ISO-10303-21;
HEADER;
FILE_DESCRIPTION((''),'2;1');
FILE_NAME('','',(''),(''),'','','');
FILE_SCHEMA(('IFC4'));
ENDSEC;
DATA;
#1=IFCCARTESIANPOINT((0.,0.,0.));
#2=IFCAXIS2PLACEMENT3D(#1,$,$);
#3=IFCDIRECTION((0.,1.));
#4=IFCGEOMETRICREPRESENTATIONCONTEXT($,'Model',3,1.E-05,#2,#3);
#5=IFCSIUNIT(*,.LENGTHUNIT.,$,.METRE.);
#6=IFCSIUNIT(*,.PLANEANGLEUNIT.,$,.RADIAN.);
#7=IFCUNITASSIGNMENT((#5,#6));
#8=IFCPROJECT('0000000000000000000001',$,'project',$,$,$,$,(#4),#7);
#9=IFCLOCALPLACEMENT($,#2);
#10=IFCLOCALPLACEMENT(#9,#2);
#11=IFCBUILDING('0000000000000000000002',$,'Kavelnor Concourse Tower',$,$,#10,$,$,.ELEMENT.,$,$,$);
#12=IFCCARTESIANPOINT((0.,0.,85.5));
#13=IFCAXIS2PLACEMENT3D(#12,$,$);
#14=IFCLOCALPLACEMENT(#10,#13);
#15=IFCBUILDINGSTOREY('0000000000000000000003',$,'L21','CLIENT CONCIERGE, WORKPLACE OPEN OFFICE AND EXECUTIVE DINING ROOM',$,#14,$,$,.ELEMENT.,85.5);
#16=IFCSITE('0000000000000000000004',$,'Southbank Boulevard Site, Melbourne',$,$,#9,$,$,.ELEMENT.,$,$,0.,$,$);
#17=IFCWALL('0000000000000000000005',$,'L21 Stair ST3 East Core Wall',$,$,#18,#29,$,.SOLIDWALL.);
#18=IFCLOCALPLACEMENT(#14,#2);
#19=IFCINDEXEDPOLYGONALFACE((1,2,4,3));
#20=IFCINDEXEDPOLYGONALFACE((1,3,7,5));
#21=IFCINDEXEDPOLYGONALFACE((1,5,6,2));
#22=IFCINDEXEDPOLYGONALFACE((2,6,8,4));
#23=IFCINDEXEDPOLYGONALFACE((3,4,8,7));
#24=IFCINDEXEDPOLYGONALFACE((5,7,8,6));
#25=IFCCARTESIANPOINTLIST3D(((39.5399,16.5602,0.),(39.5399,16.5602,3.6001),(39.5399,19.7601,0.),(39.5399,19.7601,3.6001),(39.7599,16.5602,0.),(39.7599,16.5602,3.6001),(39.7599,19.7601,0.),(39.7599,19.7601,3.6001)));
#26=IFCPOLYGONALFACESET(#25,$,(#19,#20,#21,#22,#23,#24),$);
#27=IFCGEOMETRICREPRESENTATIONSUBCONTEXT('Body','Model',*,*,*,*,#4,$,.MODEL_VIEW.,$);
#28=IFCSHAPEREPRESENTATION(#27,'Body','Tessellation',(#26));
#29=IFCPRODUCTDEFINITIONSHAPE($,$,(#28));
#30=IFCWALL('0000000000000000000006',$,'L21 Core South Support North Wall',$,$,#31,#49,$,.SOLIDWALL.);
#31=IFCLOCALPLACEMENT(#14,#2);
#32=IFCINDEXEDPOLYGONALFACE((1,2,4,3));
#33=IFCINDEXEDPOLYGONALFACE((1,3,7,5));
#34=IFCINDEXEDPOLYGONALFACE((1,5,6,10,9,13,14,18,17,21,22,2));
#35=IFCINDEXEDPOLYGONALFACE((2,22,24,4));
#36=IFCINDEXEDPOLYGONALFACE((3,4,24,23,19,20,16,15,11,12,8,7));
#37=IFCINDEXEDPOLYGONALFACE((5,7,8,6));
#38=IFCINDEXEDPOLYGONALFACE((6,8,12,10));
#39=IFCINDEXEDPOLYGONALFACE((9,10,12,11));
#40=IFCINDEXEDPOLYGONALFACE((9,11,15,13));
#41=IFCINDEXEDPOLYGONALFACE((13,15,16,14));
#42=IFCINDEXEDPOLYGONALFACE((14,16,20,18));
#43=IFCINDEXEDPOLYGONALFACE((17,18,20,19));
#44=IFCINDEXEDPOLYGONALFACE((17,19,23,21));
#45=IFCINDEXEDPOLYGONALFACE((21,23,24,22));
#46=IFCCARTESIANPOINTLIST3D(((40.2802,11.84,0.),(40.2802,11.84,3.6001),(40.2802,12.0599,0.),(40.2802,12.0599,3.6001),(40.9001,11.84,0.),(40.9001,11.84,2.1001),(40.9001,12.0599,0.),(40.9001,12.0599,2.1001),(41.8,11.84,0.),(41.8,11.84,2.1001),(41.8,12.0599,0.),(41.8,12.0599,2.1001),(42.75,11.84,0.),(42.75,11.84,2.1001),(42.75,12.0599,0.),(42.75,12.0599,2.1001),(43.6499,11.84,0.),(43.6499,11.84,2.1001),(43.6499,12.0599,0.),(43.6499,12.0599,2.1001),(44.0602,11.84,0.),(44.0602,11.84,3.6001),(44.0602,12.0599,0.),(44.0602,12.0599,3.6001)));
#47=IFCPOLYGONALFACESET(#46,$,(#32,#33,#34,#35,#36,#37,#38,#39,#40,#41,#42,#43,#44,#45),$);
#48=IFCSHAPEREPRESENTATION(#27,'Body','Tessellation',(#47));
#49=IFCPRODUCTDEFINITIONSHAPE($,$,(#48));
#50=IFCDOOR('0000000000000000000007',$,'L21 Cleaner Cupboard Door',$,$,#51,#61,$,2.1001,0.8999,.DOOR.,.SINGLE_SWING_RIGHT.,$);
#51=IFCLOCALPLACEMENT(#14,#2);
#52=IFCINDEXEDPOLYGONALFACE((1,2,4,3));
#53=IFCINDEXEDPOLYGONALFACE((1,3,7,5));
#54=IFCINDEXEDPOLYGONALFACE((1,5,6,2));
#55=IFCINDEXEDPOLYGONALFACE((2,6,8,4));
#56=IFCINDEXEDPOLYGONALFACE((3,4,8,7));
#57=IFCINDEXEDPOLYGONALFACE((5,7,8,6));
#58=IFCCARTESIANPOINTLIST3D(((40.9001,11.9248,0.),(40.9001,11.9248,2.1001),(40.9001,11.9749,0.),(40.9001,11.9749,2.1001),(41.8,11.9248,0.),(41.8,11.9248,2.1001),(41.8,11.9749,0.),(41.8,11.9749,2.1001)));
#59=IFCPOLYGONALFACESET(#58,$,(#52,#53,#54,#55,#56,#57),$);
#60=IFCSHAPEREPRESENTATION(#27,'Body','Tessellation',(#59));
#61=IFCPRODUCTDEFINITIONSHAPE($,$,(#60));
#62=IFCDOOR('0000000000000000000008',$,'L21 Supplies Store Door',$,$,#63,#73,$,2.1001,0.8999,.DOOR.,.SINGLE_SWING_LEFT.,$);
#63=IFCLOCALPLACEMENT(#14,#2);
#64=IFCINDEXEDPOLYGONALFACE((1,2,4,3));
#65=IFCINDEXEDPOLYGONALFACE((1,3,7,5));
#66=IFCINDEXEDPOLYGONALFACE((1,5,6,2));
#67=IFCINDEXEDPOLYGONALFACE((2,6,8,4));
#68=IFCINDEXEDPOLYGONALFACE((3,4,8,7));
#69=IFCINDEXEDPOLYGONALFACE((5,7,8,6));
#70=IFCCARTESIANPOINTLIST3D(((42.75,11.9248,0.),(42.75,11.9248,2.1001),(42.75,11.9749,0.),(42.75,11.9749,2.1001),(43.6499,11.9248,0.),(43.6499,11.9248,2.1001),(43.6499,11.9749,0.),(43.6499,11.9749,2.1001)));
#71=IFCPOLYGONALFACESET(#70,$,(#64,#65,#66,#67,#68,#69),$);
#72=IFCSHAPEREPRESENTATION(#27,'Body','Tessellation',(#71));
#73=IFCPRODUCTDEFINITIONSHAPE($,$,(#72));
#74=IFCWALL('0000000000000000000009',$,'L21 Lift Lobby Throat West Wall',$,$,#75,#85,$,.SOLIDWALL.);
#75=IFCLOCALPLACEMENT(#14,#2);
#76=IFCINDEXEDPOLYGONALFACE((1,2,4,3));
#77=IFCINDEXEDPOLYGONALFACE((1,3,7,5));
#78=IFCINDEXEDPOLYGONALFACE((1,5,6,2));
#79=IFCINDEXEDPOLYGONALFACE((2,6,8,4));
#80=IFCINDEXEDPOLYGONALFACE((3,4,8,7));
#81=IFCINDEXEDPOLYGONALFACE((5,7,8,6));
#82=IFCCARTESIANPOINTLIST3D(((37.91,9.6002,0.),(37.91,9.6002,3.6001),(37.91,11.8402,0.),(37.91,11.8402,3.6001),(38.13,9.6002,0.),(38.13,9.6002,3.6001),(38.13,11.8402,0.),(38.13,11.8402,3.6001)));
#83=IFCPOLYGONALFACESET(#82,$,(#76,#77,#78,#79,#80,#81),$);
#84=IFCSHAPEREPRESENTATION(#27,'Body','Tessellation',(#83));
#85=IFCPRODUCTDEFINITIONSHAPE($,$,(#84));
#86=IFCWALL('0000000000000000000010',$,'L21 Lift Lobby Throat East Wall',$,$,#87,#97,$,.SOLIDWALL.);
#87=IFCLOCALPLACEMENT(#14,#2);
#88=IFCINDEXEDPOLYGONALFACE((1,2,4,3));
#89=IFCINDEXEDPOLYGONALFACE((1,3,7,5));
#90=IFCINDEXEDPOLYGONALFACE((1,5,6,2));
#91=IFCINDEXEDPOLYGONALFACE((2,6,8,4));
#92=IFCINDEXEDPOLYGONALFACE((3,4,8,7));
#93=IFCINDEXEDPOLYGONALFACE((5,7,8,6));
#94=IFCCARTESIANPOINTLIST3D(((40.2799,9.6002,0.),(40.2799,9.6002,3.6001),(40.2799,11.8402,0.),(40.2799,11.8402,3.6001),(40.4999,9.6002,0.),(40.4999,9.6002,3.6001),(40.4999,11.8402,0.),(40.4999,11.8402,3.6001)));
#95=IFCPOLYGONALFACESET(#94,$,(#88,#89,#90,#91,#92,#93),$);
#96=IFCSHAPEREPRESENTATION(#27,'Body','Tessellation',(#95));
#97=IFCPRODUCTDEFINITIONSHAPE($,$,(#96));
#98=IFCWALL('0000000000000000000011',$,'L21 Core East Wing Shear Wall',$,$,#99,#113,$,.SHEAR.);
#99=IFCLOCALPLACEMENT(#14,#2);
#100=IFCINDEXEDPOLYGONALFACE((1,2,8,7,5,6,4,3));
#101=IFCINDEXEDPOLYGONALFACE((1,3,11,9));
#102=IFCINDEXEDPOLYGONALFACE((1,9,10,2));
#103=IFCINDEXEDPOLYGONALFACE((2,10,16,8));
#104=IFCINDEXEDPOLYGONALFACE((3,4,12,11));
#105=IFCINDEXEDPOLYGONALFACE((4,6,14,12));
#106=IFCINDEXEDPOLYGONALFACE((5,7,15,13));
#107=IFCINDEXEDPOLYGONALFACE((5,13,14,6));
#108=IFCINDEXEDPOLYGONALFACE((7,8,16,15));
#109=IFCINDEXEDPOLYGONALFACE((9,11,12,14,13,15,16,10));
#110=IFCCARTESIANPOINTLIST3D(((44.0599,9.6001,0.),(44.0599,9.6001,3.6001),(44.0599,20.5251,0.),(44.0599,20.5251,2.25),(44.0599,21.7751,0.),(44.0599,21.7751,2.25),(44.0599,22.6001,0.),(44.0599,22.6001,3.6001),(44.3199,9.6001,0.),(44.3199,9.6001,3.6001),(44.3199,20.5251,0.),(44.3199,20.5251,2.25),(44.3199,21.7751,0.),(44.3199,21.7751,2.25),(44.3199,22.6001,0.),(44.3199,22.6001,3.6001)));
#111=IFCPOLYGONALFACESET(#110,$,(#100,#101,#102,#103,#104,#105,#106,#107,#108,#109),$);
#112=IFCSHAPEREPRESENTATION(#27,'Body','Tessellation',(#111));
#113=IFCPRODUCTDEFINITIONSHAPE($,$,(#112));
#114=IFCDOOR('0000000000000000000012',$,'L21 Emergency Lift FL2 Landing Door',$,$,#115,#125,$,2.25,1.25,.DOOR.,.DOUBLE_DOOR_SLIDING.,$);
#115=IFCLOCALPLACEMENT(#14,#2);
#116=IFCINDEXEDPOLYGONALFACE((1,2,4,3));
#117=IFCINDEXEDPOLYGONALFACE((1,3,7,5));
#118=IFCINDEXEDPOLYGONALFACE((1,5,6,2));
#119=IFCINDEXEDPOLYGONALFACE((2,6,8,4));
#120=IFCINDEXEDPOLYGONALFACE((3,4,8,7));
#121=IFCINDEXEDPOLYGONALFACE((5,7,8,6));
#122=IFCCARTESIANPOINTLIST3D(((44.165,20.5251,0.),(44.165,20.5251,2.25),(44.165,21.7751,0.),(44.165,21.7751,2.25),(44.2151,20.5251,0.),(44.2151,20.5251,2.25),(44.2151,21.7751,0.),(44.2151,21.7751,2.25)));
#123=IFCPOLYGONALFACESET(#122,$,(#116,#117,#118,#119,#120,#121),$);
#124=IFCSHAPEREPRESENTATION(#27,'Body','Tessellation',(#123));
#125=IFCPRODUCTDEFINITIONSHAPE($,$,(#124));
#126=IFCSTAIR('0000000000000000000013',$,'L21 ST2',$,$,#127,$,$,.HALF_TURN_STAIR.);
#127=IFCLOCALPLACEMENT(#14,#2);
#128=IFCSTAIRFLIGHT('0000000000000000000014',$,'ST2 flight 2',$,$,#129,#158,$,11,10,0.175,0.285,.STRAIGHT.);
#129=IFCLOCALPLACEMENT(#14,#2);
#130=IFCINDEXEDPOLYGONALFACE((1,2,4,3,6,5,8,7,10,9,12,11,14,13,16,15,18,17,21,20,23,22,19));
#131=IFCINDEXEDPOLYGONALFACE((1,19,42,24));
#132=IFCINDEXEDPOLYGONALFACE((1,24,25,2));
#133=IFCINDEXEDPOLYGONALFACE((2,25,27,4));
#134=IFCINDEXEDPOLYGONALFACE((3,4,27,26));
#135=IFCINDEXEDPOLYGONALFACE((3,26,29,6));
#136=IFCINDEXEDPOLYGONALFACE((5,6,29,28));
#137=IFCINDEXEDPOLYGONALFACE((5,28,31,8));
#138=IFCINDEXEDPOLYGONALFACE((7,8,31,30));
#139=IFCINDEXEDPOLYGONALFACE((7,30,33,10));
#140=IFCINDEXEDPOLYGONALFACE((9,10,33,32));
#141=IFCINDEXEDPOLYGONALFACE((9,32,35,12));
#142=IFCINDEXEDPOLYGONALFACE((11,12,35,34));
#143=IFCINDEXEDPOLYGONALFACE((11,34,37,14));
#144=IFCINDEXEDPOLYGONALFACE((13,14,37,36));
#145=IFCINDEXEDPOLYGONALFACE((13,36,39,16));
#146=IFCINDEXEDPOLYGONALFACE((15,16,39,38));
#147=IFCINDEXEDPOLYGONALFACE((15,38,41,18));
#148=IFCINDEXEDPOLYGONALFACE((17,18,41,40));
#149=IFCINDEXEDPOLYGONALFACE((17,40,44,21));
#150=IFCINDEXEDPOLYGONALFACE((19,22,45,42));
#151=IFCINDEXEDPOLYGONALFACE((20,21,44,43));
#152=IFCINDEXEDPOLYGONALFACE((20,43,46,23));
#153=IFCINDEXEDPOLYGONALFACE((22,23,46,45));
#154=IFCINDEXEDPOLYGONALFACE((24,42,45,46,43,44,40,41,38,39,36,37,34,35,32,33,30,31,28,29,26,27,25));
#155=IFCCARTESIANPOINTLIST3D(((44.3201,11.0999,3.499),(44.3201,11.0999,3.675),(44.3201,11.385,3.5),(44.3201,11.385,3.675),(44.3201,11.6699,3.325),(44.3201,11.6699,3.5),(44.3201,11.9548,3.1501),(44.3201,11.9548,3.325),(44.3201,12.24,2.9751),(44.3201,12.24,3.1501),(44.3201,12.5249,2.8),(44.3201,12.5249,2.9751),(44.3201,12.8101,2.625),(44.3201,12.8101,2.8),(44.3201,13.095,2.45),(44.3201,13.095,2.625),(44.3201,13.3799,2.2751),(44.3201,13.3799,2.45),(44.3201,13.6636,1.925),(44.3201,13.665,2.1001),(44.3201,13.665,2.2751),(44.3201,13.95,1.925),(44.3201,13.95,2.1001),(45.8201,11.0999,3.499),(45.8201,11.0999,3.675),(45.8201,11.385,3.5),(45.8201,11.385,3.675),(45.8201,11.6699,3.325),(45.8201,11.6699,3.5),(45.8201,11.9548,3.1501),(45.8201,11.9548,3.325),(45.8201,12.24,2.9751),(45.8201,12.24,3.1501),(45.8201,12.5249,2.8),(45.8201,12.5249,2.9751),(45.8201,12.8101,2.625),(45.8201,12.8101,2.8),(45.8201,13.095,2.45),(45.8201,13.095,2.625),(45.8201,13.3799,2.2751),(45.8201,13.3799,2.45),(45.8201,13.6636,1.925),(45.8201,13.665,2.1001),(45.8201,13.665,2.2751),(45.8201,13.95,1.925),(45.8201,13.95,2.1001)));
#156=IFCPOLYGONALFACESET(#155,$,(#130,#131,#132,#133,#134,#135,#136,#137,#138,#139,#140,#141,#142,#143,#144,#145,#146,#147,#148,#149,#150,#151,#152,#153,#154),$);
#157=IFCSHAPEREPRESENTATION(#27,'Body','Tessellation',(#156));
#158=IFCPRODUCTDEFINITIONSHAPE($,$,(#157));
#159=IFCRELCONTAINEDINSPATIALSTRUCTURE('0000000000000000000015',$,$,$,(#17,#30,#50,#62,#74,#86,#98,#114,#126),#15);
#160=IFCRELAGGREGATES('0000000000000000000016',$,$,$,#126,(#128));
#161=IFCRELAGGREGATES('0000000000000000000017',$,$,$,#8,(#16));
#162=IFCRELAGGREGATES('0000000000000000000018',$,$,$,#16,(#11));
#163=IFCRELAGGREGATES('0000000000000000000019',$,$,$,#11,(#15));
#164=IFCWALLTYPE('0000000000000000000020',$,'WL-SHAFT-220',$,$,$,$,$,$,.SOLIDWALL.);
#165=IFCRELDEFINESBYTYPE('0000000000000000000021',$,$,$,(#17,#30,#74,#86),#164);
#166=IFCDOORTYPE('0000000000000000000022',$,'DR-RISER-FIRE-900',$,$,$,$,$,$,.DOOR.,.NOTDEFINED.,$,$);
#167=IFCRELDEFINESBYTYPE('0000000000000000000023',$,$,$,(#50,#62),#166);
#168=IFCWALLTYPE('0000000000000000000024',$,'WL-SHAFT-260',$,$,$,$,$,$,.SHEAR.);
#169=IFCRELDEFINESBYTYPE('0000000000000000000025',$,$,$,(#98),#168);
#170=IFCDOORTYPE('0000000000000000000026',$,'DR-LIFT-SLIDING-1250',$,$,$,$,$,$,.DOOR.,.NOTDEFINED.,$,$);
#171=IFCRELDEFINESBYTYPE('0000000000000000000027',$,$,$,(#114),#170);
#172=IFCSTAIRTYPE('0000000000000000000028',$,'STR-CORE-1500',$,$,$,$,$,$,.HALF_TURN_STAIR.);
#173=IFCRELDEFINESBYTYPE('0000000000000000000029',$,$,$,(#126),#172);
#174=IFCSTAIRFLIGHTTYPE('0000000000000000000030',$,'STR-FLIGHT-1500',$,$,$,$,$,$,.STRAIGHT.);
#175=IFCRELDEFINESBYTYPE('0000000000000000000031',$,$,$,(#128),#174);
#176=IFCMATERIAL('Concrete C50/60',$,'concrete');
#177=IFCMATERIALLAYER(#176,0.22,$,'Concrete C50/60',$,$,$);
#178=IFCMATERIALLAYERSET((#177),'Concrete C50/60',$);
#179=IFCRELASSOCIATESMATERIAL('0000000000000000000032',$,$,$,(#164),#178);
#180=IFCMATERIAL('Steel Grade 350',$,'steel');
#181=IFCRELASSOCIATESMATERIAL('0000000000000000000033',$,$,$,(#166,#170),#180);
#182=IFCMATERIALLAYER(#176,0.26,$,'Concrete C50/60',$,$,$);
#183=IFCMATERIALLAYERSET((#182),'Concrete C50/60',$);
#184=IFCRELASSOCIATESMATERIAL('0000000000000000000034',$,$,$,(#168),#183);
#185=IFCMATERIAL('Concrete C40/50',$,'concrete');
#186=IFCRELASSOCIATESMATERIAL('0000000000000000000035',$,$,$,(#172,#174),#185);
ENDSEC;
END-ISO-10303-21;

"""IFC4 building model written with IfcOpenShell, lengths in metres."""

from ifc_helpers import new_model, si_unit, direction, frame, frame_2d, origin, place, context, subcontext, project, spatial, polyline, rectangle, outline, extrude, material, layer, layer_set, type_object, element, fill, aggregate, save


model = new_model("IFC4")

# Units and contexts
model_context = context("Model", 3, precision=1e-05, world=origin(), true_north=direction((0.0, 1.0)))
body_context = subcontext(model_context, "Body", "Model", "MODEL_VIEW")
ifc_project = project(units=[si_unit("LENGTHUNIT", "METRE"), si_unit("PLANEANGLEUNIT", "RADIAN")], contexts=[model_context])

# Site, building, storey
site_placement = place(None, origin())
site = spatial("IfcSite", under=ifc_project, at=site_placement, Name="Southbank Boulevard Site, Melbourne", CompositionType="ELEMENT", RefElevation=0.0)
building_placement = place(site_placement, origin())
building = spatial("IfcBuilding", under=site, at=building_placement, Name="Kavelnor Concourse Tower", CompositionType="ELEMENT")
storey_placement = place(building_placement, frame((0.0, 0.0, 85.5)))
storey = spatial("IfcBuildingStorey", under=building, at=storey_placement, Name="L21", Description="CLIENT CONCIERGE, WORKPLACE OPEN OFFICE AND EXECUTIVE DINING ROOM", CompositionType="ELEMENT", Elevation=85.5)

# Shared definitions
ifc_material_1 = material(Name="Steel Grade 350", Category="steel")

# Wall
ifc_material_2 = material(Name="Concrete C50/60", Category="concrete")
ifc_layer_1 = layer(ifc_material_2, 0.22, Name="Concrete C50/60")
ifc_layer_set_1 = layer_set([ifc_layer_1], Name="Concrete C50/60")
wall_type_1 = type_object("IfcWallType", Name="WL-SHAFT-220", PredefinedType="SOLIDWALL", material=ifc_layer_set_1)
wall_1_placement = place(storey_placement, frame((39.6499, 16.5601, 0.0), z_axis=(0.0, 0.0, 1.0), x_axis=(0.0, 1.0, 0.0)))
element("IfcWall", 1, at=wall_1_placement, inside=storey, type_object=wall_type_1, Name="L21 Stair ST3 East Core Wall", PredefinedType="SOLIDWALL", context=body_context, shape_type="SweptSolid", body=[
    extrude(rectangle(XDim=3.2, YDim=0.22, at=frame_2d((1.6001, 0.0))), origin(), (0.0, 0.0, 1.0), 3.6001),
])

# Wall, openings, doors
wall_2_placement = place(storey_placement, frame((40.28, 11.95, 0.0), z_axis=(0.0, 0.0, 1.0), x_axis=(1.0, 0.0, 0.0)))
wall_2 = element("IfcWall", 2, at=wall_2_placement, inside=storey, type_object=wall_type_1, Name="L21 Core South Support North Wall", PredefinedType="SOLIDWALL", context=body_context, shape_type="SweptSolid", body=[
    extrude(rectangle(XDim=3.78, YDim=0.22, at=frame_2d((1.8901, 0.0))), origin(), (0.0, 0.0, 1.0), 3.6001),
])
opening_1_placement = place(wall_2_placement, frame((0.6201, 0.0, 0.0)))
opening_1 = element("IfcOpeningElement", 3, at=opening_1_placement, cuts=wall_2, PredefinedType="OPENING", context=body_context, shape_type="SweptSolid", body=[
    extrude(rectangle(XDim=0.8999, YDim=2.1001, at=frame_2d((0.45, 1.05))), frame((0.0, 0.1201, 0.0), z_axis=(0.0, -1.0, 0.0), x_axis=(1.0, 0.0, 0.0)), (0.0, 0.0, 1.0), 0.24),
])
opening_2_placement = place(wall_2_placement, frame((2.47, 0.0, 0.0)))
opening_2 = element("IfcOpeningElement", 4, at=opening_2_placement, cuts=wall_2, PredefinedType="OPENING", context=body_context, shape_type="SweptSolid", body=[
    extrude(rectangle(XDim=0.8999, YDim=2.1001, at=frame_2d((0.45, 1.05))), frame((0.0, 0.1201, 0.0), z_axis=(0.0, -1.0, 0.0), x_axis=(1.0, 0.0, 0.0)), (0.0, 0.0, 1.0), 0.24),
])
door_type_1 = type_object("IfcDoorType", Name="DR-RISER-FIRE-900", OperationType="NOTDEFINED", PredefinedType="DOOR", material=ifc_material_1)
door_1_placement = place(opening_1_placement, origin())
door_1 = element("IfcDoor", 5, at=door_1_placement, inside=storey, type_object=door_type_1, Name="L21 Cleaner Cupboard Door", OperationType="SINGLE_SWING_RIGHT", OverallHeight=2.1001, OverallWidth=0.8999, PredefinedType="DOOR", context=body_context, shape_type="SweptSolid", body=[
    extrude(rectangle(XDim=0.8999, YDim=2.1001, at=frame_2d((0.45, 1.05))), frame((0.0, 0.0249, 0.0), z_axis=(0.0, -1.0, 0.0), x_axis=(1.0, 0.0, 0.0)), (0.0, 0.0, 1.0), 0.05),
])
fill(opening_1, door_1)
door_2_placement = place(opening_2_placement, origin())
door_2 = element("IfcDoor", 6, at=door_2_placement, inside=storey, type_object=door_type_1, Name="L21 Supplies Store Door", OperationType="SINGLE_SWING_LEFT", OverallHeight=2.1001, OverallWidth=0.8999, PredefinedType="DOOR", context=body_context, shape_type="SweptSolid", body=[
    extrude(rectangle(XDim=0.8999, YDim=2.1001, at=frame_2d((0.45, 1.05))), frame((0.0, 0.0249, 0.0), z_axis=(0.0, -1.0, 0.0), x_axis=(1.0, 0.0, 0.0)), (0.0, 0.0, 1.0), 0.05),
])
fill(opening_2, door_2)

# Walls
for number, where, z_axis, x_axis, name in (
    (7, (38.02, 9.6001, 0.0), (0.0, 0.0, 1.0), (0.0, 1.0, 0.0), "L21 Lift Lobby Throat West Wall"),
    (8, (40.3899, 9.6001, 0.0), (0.0, 0.0, 1.0), (0.0, 1.0, 0.0), "L21 Lift Lobby Throat East Wall"),
):
    element("IfcWall", number, at=place(storey_placement, frame(where, z_axis=z_axis, x_axis=x_axis)), inside=storey, type_object=wall_type_1, Name=name, PredefinedType="SOLIDWALL", context=body_context, shape_type="SweptSolid", body=[
        extrude(rectangle(XDim=2.24, YDim=0.22, at=frame_2d((1.1201, 0.0))), origin(), (0.0, 0.0, 1.0), 3.6001),
    ])

# Wall, opening, door
ifc_layer_2 = layer(ifc_material_2, 0.26, Name="Concrete C50/60")
ifc_layer_set_2 = layer_set([ifc_layer_2], Name="Concrete C50/60")
wall_type_2 = type_object("IfcWallType", Name="WL-SHAFT-260", PredefinedType="SHEAR", material=ifc_layer_set_2)
wall_3_placement = place(storey_placement, frame((44.1899, 9.6001, 0.0), z_axis=(0.0, 0.0, 1.0), x_axis=(0.0, 1.0, 0.0)))
wall_3 = element("IfcWall", 9, at=wall_3_placement, inside=storey, type_object=wall_type_2, Name="L21 Core East Wing Shear Wall", PredefinedType="SHEAR", context=body_context, shape_type="SweptSolid", body=[
    extrude(rectangle(XDim=13.0, YDim=0.26, at=frame_2d((6.5, 0.0))), origin(), (0.0, 0.0, 1.0), 3.6001),
])
opening_3_placement = place(wall_3_placement, frame((10.925, 0.0, 0.0)))
opening_3 = element("IfcOpeningElement", 10, at=opening_3_placement, cuts=wall_3, PredefinedType="OPENING", context=body_context, shape_type="SweptSolid", body=[
    extrude(rectangle(XDim=1.25, YDim=2.25, at=frame_2d((0.625, 1.125))), frame((0.0, 0.1401, 0.0), z_axis=(0.0, -1.0, 0.0), x_axis=(1.0, 0.0, 0.0)), (0.0, 0.0, 1.0), 0.28),
])
door_type_2 = type_object("IfcDoorType", Name="DR-LIFT-SLIDING-1250", OperationType="NOTDEFINED", PredefinedType="DOOR", material=ifc_material_1)
door_3_placement = place(opening_3_placement, origin())
door_3 = element("IfcDoor", 11, at=door_3_placement, inside=storey, type_object=door_type_2, Name="L21 Emergency Lift FL2 Landing Door", OperationType="DOUBLE_DOOR_SLIDING", OverallHeight=2.25, OverallWidth=1.25, PredefinedType="DOOR", context=body_context, shape_type="SweptSolid", body=[
    extrude(rectangle(XDim=1.25, YDim=2.25, at=frame_2d((0.625, 1.125))), frame((0.0, 0.0249, 0.0), z_axis=(0.0, -1.0, 0.0), x_axis=(1.0, 0.0, 0.0)), (0.0, 0.0, 1.0), 0.05),
])
fill(opening_3, door_3)

# Stair, stair flight
ifc_material_3 = material(Name="Concrete C40/50", Category="concrete")
stair_type = type_object("IfcStairType", Name="STR-CORE-1500", PredefinedType="HALF_TURN_STAIR", material=ifc_material_3)
stair_placement = place(storey_placement, origin())
stair = element("IfcStair", 12, at=stair_placement, inside=storey, type_object=stair_type, Name="L21 ST2", PredefinedType="HALF_TURN_STAIR")
stair_flight_type = type_object("IfcStairFlightType", Name="STR-FLIGHT-1500", PredefinedType="STRAIGHT", material=ifc_material_3)
stair_flight_placement = place(storey_placement, frame((45.0701, 13.95, 1.925), z_axis=(0.0, 0.0, 1.0), x_axis=(0.0, -1.0, 0.0)))
stair_flight = element("IfcStairFlight", 13, at=stair_flight_placement, type_object=stair_flight_type, Name="ST2 flight 2", NumberOfRisers=11, NumberOfTreads=10, PredefinedType="STRAIGHT", RiserHeight=0.175, TreadLength=0.285, context=body_context, shape_type="SweptSolid", body=[
    extrude(outline(polyline([(0.0, 0.0), (0.0, 0.175), (0.2849, 0.175), (0.2849, 0.3501), (0.5701, 0.3501), (0.5701, 0.5249), (0.855, 0.5249), (0.855, 0.7), (1.1399, 0.7), (1.1399, 0.875), (1.425, 0.875), (1.425, 1.05), (1.71, 1.05), (1.71, 1.2251), (1.9951, 1.2251), (1.9951, 1.3999), (2.28, 1.3999), (2.28, 1.575), (2.5649, 1.575), (2.5649, 1.75), (2.8501, 1.75), (2.8501, 1.925), (2.8501, 1.574), (0.2864, 0.0), (0.0, 0.0)])), frame((0.0, 0.75, 0.0), z_axis=(0.0, -1.0, 0.0), x_axis=(1.0, 0.0, 0.0)), (0.0, 0.0, 1.0), 1.5),
])
aggregate(stair, [stair_flight])

save(model, "model.ifc")
